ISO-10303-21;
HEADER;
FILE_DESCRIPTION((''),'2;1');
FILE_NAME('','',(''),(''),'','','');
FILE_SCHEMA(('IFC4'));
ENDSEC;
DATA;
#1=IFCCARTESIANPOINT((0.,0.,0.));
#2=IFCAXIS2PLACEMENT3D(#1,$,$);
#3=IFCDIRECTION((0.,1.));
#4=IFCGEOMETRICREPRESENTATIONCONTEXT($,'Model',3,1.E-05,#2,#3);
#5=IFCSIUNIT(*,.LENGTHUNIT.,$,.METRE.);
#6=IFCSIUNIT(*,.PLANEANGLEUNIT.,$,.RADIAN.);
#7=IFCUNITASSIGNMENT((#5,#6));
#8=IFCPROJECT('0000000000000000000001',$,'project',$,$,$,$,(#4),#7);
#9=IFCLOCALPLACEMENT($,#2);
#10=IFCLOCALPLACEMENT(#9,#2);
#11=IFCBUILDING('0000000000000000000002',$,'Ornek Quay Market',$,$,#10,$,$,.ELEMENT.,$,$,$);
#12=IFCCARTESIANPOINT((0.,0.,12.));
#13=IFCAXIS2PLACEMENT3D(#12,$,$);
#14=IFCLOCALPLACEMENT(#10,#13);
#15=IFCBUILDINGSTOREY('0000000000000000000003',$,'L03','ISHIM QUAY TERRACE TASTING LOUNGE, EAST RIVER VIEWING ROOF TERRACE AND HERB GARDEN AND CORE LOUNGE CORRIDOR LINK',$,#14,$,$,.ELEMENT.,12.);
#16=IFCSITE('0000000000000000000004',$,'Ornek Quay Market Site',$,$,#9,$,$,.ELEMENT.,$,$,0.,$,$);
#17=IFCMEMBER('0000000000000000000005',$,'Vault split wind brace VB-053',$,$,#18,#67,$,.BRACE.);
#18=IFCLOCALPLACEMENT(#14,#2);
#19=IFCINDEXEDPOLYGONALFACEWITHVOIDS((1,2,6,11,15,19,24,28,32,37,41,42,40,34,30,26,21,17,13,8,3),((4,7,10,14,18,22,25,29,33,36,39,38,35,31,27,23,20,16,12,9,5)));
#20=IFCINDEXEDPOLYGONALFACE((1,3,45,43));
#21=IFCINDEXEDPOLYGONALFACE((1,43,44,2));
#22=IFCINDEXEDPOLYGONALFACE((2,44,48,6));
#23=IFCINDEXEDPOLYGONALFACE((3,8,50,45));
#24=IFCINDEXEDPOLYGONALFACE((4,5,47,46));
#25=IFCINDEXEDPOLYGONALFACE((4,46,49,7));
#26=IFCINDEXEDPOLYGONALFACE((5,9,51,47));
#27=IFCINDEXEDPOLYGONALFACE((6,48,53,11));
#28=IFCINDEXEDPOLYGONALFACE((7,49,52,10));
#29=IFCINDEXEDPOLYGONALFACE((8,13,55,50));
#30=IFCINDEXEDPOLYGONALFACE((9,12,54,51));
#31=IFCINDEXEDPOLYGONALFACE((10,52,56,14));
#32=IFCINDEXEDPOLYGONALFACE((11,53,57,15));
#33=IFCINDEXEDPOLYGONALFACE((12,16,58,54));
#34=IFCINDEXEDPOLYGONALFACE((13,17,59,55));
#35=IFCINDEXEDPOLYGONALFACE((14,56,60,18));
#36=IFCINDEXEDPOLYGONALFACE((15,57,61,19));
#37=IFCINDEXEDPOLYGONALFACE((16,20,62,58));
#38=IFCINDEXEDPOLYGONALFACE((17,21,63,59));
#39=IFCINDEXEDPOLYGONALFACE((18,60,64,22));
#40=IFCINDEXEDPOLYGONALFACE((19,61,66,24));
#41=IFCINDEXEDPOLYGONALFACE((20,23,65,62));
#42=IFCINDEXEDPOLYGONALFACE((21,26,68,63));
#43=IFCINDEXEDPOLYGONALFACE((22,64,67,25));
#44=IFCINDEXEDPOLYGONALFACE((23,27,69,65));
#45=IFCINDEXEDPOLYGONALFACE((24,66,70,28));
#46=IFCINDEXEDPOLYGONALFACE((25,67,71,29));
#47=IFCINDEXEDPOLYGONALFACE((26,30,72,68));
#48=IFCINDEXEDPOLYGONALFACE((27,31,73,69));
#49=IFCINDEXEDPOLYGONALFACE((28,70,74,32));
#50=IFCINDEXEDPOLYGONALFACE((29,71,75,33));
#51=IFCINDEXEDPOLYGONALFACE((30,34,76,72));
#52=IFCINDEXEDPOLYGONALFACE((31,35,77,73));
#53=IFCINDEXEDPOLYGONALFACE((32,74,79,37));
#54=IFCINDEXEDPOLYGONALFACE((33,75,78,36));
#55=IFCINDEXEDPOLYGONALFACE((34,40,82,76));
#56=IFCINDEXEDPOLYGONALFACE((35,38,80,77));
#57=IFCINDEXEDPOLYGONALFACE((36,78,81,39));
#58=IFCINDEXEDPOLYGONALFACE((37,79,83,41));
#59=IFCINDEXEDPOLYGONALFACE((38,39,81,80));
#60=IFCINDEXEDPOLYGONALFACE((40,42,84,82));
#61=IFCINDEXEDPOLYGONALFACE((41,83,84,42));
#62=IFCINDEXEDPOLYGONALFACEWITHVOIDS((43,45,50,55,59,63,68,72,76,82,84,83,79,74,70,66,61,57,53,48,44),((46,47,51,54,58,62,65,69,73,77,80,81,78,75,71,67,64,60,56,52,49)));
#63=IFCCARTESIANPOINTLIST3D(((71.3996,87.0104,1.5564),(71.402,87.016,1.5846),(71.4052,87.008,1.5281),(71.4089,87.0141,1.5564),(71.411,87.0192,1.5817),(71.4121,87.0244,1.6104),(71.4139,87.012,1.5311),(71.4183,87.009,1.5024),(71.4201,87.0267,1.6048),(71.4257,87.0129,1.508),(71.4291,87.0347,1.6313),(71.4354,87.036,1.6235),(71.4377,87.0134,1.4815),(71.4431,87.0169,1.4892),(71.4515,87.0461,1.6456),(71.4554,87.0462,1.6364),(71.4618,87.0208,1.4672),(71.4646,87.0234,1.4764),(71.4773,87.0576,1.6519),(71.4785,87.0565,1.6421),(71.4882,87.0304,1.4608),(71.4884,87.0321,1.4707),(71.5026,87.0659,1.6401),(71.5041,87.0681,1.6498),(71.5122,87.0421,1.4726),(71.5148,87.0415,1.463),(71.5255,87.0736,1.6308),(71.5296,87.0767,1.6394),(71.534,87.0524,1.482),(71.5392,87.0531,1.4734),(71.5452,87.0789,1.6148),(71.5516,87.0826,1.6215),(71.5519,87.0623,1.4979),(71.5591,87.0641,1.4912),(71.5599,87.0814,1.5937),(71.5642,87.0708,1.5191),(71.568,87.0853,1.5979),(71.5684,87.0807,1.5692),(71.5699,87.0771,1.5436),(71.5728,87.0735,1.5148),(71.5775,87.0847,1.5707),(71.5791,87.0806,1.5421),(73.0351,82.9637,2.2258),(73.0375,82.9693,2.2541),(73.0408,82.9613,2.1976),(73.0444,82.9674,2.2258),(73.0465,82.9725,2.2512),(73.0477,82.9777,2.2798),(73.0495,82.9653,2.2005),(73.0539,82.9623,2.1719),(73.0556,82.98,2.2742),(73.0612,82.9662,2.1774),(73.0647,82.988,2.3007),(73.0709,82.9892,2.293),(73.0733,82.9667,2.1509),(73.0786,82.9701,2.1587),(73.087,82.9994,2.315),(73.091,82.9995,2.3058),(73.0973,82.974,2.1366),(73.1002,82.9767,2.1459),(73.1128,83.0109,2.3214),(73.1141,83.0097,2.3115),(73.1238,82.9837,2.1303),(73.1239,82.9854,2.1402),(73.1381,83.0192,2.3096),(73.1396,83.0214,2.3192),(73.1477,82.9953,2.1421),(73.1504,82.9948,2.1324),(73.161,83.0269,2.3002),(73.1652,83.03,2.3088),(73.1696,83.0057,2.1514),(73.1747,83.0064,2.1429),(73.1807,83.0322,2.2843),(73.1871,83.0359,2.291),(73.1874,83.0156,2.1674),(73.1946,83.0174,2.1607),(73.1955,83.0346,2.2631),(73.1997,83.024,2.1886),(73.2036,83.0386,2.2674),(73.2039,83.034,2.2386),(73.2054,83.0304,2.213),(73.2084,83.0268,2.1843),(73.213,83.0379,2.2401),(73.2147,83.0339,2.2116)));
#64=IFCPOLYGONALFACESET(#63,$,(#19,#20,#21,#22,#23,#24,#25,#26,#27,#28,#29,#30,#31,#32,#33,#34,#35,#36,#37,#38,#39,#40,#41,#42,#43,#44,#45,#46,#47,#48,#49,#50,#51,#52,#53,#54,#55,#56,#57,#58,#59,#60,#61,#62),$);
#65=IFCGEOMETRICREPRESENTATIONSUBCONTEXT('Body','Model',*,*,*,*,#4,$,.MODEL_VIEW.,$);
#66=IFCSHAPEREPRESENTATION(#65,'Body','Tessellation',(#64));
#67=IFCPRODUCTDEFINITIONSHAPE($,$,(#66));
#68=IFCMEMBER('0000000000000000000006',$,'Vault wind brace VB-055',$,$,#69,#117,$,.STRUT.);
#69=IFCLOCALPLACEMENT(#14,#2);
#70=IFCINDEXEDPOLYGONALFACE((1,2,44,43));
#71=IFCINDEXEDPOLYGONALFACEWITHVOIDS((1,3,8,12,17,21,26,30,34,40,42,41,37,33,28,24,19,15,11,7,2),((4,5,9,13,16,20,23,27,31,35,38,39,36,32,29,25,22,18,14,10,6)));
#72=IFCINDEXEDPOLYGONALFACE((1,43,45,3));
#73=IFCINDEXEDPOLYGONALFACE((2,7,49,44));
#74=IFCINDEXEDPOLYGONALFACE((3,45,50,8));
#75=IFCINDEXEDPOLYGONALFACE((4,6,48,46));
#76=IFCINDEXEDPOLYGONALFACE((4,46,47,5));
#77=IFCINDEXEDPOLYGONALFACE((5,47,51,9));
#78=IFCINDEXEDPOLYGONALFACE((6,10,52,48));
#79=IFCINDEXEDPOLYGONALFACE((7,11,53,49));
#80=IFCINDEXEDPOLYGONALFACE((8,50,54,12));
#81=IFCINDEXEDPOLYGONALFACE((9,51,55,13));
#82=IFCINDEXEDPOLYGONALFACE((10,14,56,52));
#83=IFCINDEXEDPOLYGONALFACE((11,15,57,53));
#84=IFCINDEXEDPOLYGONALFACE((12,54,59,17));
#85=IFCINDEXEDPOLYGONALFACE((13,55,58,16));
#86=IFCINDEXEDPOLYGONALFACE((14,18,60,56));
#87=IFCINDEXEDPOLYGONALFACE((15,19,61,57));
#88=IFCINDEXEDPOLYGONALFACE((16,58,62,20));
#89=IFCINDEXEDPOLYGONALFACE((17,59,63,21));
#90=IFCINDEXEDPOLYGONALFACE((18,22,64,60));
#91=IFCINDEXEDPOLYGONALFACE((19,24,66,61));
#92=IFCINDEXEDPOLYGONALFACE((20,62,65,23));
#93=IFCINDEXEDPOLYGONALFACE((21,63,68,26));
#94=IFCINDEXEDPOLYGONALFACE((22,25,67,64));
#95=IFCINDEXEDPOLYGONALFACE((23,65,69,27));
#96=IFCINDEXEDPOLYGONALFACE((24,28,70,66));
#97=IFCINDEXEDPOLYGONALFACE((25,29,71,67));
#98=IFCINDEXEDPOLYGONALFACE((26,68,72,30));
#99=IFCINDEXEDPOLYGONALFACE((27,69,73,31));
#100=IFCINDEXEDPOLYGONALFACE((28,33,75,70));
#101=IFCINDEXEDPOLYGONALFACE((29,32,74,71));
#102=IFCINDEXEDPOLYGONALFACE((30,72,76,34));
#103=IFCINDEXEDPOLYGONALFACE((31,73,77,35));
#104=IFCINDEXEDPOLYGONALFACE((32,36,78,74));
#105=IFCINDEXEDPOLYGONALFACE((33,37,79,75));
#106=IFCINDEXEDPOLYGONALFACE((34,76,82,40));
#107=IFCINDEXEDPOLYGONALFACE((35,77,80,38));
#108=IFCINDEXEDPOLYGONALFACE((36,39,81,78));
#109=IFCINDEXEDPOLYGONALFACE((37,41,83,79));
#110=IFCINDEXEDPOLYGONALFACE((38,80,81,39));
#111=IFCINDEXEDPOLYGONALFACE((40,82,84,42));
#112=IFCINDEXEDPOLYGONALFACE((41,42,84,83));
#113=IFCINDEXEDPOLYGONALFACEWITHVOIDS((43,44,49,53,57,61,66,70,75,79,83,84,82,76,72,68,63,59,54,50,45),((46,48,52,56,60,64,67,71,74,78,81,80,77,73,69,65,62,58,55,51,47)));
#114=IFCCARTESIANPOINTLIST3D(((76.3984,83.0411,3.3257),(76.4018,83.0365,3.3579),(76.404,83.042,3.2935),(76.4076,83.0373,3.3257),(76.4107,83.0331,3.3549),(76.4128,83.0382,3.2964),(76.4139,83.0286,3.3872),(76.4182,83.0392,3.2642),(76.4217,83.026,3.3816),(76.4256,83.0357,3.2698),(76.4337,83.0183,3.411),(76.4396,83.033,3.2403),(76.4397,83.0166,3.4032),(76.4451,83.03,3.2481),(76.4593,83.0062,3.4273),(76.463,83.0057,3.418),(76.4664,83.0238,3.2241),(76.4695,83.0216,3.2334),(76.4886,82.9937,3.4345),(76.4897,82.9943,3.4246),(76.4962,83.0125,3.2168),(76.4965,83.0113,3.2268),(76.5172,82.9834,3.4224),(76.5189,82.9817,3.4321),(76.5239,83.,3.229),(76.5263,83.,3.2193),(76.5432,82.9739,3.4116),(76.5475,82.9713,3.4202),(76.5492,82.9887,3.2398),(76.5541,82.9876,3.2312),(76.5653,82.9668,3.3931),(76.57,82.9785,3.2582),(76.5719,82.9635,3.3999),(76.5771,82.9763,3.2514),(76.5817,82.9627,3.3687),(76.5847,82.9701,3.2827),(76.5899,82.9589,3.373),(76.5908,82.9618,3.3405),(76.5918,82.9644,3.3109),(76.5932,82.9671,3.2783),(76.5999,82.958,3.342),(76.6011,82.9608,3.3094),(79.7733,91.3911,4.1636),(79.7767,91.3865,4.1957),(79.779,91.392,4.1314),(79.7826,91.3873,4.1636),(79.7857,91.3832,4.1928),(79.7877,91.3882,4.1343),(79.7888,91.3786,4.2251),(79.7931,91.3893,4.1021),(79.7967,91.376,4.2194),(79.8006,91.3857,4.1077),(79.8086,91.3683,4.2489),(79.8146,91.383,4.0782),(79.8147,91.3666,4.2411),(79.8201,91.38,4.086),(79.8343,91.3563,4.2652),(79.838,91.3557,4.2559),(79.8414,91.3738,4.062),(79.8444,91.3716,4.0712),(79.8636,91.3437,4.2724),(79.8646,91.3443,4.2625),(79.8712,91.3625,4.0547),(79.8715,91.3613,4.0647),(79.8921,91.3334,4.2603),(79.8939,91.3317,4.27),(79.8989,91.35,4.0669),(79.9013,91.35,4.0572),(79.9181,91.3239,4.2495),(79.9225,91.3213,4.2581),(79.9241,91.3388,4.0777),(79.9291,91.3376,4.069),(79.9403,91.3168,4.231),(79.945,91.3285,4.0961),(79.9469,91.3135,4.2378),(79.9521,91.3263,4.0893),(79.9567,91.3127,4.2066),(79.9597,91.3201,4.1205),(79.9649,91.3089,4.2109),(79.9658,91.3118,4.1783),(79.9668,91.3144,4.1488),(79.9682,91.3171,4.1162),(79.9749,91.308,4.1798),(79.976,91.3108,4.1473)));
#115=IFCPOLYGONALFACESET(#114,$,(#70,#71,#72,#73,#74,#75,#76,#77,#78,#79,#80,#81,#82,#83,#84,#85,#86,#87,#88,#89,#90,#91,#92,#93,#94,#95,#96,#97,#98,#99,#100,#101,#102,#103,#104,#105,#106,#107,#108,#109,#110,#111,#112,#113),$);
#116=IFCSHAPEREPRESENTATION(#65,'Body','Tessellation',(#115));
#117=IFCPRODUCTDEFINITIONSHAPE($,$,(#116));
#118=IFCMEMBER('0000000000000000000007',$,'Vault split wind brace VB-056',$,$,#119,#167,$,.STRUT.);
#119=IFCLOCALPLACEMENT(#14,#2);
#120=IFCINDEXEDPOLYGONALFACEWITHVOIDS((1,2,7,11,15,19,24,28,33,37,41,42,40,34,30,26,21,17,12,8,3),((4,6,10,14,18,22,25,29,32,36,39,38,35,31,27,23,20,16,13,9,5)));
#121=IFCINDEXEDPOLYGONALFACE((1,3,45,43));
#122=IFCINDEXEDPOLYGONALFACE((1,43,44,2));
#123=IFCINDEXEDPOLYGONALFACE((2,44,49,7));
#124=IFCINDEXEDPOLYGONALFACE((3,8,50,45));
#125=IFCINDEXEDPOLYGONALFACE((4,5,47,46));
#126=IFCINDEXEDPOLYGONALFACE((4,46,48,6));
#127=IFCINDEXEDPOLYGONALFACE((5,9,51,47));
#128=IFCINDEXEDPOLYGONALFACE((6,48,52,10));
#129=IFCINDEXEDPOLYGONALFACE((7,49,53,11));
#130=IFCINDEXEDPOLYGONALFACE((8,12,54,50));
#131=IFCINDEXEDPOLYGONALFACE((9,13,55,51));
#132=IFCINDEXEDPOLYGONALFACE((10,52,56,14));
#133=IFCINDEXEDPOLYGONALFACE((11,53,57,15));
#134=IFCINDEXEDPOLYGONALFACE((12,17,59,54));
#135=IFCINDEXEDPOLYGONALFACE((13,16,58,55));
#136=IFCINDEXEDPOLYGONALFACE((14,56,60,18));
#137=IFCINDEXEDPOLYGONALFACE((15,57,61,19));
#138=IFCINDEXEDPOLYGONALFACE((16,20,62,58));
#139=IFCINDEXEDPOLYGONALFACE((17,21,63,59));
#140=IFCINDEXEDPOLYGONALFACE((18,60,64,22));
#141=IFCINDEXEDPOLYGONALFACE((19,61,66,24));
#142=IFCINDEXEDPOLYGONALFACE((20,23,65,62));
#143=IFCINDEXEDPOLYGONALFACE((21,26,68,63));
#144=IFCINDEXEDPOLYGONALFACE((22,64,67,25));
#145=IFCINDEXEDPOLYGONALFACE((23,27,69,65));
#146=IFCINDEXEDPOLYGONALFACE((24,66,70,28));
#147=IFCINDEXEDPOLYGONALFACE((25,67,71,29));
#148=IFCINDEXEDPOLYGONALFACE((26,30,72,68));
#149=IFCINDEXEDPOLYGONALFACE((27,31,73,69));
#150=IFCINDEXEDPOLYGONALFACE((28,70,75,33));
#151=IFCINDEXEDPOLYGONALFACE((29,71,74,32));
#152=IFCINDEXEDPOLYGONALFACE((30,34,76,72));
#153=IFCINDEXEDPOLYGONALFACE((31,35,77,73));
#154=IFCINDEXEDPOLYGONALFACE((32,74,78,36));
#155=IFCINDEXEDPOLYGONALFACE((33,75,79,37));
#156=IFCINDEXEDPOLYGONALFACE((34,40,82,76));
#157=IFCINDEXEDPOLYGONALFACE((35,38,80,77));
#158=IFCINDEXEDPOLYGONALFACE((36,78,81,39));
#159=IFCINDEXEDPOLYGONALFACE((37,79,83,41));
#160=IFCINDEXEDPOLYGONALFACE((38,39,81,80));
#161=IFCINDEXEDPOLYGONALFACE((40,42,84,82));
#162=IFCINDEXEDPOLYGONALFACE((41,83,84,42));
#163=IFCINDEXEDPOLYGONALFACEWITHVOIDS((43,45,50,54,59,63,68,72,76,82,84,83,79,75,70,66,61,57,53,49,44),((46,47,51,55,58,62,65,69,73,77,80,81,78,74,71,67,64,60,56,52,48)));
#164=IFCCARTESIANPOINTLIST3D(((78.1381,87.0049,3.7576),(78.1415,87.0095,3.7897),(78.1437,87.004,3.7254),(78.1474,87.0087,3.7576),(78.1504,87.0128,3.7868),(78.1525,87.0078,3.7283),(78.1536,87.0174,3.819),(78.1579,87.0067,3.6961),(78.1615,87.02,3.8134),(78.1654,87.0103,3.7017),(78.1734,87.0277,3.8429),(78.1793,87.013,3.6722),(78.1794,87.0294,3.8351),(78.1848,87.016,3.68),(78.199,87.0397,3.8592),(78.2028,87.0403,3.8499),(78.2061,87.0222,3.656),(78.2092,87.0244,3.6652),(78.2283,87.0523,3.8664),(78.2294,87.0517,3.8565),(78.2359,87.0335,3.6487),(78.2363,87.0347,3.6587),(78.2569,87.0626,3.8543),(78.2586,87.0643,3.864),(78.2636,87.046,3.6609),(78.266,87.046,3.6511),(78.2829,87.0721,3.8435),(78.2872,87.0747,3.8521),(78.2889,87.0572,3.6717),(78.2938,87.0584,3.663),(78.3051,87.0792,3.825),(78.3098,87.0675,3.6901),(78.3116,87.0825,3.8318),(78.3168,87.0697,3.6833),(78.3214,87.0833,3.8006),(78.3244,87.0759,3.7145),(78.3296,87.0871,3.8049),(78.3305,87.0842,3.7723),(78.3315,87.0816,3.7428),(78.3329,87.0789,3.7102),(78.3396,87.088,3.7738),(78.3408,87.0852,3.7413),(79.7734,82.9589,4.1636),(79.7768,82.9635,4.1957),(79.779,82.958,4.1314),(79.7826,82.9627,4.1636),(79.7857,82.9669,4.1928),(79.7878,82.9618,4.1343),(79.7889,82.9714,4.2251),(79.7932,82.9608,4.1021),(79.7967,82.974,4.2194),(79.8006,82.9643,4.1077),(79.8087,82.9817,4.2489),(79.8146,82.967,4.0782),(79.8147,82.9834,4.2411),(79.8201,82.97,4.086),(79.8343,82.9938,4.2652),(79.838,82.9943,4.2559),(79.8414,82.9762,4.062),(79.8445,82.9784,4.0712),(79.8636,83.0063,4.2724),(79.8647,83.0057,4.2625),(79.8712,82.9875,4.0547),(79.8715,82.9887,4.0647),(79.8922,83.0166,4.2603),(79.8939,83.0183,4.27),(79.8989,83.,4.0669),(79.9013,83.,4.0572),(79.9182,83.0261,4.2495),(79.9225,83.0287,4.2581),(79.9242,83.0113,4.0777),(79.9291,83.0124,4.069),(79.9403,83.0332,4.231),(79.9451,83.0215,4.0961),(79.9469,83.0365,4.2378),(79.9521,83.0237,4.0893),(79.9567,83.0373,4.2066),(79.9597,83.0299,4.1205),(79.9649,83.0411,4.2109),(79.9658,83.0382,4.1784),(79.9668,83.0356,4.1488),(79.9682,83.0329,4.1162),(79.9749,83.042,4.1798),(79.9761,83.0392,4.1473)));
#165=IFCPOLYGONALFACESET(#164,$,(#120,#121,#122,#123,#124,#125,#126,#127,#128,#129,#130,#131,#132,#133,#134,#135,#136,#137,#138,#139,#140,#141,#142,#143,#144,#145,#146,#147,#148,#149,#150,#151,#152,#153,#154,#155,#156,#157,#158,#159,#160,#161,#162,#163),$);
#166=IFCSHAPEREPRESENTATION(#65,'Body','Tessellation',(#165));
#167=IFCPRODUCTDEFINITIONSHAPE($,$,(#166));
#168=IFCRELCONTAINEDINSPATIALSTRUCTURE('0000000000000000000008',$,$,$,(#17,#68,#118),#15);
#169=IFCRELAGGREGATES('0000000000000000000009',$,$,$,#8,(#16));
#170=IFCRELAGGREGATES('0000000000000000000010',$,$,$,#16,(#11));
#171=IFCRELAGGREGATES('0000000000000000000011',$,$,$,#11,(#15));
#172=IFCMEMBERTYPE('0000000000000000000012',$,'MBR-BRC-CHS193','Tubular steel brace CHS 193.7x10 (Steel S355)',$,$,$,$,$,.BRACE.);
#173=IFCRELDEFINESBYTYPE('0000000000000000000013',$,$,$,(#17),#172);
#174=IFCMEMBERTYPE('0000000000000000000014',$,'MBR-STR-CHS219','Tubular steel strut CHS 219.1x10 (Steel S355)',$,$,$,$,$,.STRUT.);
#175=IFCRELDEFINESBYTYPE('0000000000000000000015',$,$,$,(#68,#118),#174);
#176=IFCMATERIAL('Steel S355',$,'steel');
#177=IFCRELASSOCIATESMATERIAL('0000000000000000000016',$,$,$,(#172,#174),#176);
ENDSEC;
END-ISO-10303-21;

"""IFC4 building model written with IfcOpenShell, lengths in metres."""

from ifc_helpers import new_model, si_unit, direction, frame, origin, origin_2d, place, context, subcontext, project, spatial, hollow_circle, extrude, material, material_profile, profile_set, type_object, element, save


model = new_model("IFC4")

# Units and contexts
model_context = context("Model", 3, precision=1e-05, world=origin(), true_north=direction((0.0, 1.0)))
body_context = subcontext(model_context, "Body", "Model", "MODEL_VIEW")
ifc_project = project(units=[si_unit("LENGTHUNIT", "METRE"), si_unit("PLANEANGLEUNIT", "RADIAN")], contexts=[model_context])

# Site, building, storey
site_placement = place(None, origin())
site = spatial("IfcSite", under=ifc_project, at=site_placement, Name="Ornek Quay Market Site", CompositionType="ELEMENT", RefElevation=0.0)
building_placement = place(site_placement, origin())
building = spatial("IfcBuilding", under=site, at=building_placement, Name="Ornek Quay Market", CompositionType="ELEMENT")
storey_placement = place(building_placement, frame((0.0, 0.0, 12.0)))
storey = spatial("IfcBuildingStorey", under=building, at=storey_placement, Name="L03", Description="ISHIM QUAY TERRACE TASTING LOUNGE, EAST RIVER VIEWING ROOF TERRACE AND HERB GARDEN AND CORE LOUNGE CORRIDOR LINK", CompositionType="ELEMENT", Elevation=12.0)

# Shared definitions
ifc_material_1 = material(Name="Steel S355", Category="steel")

# Members
ifc_material_profile_1 = material_profile(ifc_material_1, hollow_circle(Radius=0.0969, WallThickness=0.01, at=origin_2d()), Name="CHS 193.7x10", Category="steel")
ifc_profile_set_1 = profile_set([ifc_material_profile_1], Name="Steel S355")
member_type_1 = type_object("IfcMemberType", Name="MBR-BRC-CHS193", Description="Tubular steel brace CHS 193.7x10 (Steel S355)", PredefinedType="BRACE", material=ifc_profile_set_1)
member_1_placement = place(storey_placement, frame((73.125, 83.0, 2.2258), z_axis=(-0.370384, 0.916423, -0.151604), x_axis=(-0.92714, -0.374716, 0.0)))
element("IfcMember", 1, at=member_1_placement, inside=storey, type_object=member_type_1, Name="Vault split wind brace VB-053", PredefinedType="BRACE", context=body_context, shape_type="SweptSolid", body=[
    extrude(hollow_circle(Radius=0.0969, WallThickness=0.01, at=origin_2d()), origin(), (0.0, 0.0, 1.0), 4.4158),
])
ifc_material_profile_2 = material_profile(ifc_material_1, hollow_circle(Radius=0.1096, WallThickness=0.01, at=origin_2d()), Name="CHS 219.1x10", Category="steel")
ifc_profile_set_2 = profile_set([ifc_material_profile_2], Name="Steel S355")
member_type_2 = type_object("IfcMemberType", Name="MBR-STR-CHS219", Description="Tubular steel strut CHS 219.1x10 (Steel S355)", PredefinedType="STRUT", material=ifc_profile_set_2)
member_2_placement = place(storey_placement, frame((76.5, 83.0, 3.3257), z_axis=(0.373123, 0.923146, 0.092633), x_axis=(-0.927132, 0.374735, 0.0)))
element("IfcMember", 2, at=member_2_placement, inside=storey, type_object=member_type_2, Name="Vault wind brace VB-055", PredefinedType="STRUT", context=body_context, shape_type="SweptSolid", body=[
    extrude(hollow_circle(Radius=0.1096, WallThickness=0.01, at=origin_2d()), origin(), (0.0, 0.0, 1.0), 9.0452),
])
for number, where, z_axis, x_axis, name in (
    (3, (79.875, 83.0, 4.1636), (-0.373114, 0.923149, -0.092638), (-0.927136, -0.374726, 0.0), "Vault split wind brace VB-056"),
):
    element("IfcMember", number, at=place(storey_placement, frame(where, z_axis=z_axis, x_axis=x_axis)), inside=storey, type_object=member_type_2, Name=name, PredefinedType="STRUT", context=body_context, shape_type="SweptSolid", body=[
        extrude(hollow_circle(Radius=0.1096, WallThickness=0.01, at=origin_2d()), origin(), (0.0, 0.0, 1.0), 4.3828),
    ])

save(model, "model.ifc")
